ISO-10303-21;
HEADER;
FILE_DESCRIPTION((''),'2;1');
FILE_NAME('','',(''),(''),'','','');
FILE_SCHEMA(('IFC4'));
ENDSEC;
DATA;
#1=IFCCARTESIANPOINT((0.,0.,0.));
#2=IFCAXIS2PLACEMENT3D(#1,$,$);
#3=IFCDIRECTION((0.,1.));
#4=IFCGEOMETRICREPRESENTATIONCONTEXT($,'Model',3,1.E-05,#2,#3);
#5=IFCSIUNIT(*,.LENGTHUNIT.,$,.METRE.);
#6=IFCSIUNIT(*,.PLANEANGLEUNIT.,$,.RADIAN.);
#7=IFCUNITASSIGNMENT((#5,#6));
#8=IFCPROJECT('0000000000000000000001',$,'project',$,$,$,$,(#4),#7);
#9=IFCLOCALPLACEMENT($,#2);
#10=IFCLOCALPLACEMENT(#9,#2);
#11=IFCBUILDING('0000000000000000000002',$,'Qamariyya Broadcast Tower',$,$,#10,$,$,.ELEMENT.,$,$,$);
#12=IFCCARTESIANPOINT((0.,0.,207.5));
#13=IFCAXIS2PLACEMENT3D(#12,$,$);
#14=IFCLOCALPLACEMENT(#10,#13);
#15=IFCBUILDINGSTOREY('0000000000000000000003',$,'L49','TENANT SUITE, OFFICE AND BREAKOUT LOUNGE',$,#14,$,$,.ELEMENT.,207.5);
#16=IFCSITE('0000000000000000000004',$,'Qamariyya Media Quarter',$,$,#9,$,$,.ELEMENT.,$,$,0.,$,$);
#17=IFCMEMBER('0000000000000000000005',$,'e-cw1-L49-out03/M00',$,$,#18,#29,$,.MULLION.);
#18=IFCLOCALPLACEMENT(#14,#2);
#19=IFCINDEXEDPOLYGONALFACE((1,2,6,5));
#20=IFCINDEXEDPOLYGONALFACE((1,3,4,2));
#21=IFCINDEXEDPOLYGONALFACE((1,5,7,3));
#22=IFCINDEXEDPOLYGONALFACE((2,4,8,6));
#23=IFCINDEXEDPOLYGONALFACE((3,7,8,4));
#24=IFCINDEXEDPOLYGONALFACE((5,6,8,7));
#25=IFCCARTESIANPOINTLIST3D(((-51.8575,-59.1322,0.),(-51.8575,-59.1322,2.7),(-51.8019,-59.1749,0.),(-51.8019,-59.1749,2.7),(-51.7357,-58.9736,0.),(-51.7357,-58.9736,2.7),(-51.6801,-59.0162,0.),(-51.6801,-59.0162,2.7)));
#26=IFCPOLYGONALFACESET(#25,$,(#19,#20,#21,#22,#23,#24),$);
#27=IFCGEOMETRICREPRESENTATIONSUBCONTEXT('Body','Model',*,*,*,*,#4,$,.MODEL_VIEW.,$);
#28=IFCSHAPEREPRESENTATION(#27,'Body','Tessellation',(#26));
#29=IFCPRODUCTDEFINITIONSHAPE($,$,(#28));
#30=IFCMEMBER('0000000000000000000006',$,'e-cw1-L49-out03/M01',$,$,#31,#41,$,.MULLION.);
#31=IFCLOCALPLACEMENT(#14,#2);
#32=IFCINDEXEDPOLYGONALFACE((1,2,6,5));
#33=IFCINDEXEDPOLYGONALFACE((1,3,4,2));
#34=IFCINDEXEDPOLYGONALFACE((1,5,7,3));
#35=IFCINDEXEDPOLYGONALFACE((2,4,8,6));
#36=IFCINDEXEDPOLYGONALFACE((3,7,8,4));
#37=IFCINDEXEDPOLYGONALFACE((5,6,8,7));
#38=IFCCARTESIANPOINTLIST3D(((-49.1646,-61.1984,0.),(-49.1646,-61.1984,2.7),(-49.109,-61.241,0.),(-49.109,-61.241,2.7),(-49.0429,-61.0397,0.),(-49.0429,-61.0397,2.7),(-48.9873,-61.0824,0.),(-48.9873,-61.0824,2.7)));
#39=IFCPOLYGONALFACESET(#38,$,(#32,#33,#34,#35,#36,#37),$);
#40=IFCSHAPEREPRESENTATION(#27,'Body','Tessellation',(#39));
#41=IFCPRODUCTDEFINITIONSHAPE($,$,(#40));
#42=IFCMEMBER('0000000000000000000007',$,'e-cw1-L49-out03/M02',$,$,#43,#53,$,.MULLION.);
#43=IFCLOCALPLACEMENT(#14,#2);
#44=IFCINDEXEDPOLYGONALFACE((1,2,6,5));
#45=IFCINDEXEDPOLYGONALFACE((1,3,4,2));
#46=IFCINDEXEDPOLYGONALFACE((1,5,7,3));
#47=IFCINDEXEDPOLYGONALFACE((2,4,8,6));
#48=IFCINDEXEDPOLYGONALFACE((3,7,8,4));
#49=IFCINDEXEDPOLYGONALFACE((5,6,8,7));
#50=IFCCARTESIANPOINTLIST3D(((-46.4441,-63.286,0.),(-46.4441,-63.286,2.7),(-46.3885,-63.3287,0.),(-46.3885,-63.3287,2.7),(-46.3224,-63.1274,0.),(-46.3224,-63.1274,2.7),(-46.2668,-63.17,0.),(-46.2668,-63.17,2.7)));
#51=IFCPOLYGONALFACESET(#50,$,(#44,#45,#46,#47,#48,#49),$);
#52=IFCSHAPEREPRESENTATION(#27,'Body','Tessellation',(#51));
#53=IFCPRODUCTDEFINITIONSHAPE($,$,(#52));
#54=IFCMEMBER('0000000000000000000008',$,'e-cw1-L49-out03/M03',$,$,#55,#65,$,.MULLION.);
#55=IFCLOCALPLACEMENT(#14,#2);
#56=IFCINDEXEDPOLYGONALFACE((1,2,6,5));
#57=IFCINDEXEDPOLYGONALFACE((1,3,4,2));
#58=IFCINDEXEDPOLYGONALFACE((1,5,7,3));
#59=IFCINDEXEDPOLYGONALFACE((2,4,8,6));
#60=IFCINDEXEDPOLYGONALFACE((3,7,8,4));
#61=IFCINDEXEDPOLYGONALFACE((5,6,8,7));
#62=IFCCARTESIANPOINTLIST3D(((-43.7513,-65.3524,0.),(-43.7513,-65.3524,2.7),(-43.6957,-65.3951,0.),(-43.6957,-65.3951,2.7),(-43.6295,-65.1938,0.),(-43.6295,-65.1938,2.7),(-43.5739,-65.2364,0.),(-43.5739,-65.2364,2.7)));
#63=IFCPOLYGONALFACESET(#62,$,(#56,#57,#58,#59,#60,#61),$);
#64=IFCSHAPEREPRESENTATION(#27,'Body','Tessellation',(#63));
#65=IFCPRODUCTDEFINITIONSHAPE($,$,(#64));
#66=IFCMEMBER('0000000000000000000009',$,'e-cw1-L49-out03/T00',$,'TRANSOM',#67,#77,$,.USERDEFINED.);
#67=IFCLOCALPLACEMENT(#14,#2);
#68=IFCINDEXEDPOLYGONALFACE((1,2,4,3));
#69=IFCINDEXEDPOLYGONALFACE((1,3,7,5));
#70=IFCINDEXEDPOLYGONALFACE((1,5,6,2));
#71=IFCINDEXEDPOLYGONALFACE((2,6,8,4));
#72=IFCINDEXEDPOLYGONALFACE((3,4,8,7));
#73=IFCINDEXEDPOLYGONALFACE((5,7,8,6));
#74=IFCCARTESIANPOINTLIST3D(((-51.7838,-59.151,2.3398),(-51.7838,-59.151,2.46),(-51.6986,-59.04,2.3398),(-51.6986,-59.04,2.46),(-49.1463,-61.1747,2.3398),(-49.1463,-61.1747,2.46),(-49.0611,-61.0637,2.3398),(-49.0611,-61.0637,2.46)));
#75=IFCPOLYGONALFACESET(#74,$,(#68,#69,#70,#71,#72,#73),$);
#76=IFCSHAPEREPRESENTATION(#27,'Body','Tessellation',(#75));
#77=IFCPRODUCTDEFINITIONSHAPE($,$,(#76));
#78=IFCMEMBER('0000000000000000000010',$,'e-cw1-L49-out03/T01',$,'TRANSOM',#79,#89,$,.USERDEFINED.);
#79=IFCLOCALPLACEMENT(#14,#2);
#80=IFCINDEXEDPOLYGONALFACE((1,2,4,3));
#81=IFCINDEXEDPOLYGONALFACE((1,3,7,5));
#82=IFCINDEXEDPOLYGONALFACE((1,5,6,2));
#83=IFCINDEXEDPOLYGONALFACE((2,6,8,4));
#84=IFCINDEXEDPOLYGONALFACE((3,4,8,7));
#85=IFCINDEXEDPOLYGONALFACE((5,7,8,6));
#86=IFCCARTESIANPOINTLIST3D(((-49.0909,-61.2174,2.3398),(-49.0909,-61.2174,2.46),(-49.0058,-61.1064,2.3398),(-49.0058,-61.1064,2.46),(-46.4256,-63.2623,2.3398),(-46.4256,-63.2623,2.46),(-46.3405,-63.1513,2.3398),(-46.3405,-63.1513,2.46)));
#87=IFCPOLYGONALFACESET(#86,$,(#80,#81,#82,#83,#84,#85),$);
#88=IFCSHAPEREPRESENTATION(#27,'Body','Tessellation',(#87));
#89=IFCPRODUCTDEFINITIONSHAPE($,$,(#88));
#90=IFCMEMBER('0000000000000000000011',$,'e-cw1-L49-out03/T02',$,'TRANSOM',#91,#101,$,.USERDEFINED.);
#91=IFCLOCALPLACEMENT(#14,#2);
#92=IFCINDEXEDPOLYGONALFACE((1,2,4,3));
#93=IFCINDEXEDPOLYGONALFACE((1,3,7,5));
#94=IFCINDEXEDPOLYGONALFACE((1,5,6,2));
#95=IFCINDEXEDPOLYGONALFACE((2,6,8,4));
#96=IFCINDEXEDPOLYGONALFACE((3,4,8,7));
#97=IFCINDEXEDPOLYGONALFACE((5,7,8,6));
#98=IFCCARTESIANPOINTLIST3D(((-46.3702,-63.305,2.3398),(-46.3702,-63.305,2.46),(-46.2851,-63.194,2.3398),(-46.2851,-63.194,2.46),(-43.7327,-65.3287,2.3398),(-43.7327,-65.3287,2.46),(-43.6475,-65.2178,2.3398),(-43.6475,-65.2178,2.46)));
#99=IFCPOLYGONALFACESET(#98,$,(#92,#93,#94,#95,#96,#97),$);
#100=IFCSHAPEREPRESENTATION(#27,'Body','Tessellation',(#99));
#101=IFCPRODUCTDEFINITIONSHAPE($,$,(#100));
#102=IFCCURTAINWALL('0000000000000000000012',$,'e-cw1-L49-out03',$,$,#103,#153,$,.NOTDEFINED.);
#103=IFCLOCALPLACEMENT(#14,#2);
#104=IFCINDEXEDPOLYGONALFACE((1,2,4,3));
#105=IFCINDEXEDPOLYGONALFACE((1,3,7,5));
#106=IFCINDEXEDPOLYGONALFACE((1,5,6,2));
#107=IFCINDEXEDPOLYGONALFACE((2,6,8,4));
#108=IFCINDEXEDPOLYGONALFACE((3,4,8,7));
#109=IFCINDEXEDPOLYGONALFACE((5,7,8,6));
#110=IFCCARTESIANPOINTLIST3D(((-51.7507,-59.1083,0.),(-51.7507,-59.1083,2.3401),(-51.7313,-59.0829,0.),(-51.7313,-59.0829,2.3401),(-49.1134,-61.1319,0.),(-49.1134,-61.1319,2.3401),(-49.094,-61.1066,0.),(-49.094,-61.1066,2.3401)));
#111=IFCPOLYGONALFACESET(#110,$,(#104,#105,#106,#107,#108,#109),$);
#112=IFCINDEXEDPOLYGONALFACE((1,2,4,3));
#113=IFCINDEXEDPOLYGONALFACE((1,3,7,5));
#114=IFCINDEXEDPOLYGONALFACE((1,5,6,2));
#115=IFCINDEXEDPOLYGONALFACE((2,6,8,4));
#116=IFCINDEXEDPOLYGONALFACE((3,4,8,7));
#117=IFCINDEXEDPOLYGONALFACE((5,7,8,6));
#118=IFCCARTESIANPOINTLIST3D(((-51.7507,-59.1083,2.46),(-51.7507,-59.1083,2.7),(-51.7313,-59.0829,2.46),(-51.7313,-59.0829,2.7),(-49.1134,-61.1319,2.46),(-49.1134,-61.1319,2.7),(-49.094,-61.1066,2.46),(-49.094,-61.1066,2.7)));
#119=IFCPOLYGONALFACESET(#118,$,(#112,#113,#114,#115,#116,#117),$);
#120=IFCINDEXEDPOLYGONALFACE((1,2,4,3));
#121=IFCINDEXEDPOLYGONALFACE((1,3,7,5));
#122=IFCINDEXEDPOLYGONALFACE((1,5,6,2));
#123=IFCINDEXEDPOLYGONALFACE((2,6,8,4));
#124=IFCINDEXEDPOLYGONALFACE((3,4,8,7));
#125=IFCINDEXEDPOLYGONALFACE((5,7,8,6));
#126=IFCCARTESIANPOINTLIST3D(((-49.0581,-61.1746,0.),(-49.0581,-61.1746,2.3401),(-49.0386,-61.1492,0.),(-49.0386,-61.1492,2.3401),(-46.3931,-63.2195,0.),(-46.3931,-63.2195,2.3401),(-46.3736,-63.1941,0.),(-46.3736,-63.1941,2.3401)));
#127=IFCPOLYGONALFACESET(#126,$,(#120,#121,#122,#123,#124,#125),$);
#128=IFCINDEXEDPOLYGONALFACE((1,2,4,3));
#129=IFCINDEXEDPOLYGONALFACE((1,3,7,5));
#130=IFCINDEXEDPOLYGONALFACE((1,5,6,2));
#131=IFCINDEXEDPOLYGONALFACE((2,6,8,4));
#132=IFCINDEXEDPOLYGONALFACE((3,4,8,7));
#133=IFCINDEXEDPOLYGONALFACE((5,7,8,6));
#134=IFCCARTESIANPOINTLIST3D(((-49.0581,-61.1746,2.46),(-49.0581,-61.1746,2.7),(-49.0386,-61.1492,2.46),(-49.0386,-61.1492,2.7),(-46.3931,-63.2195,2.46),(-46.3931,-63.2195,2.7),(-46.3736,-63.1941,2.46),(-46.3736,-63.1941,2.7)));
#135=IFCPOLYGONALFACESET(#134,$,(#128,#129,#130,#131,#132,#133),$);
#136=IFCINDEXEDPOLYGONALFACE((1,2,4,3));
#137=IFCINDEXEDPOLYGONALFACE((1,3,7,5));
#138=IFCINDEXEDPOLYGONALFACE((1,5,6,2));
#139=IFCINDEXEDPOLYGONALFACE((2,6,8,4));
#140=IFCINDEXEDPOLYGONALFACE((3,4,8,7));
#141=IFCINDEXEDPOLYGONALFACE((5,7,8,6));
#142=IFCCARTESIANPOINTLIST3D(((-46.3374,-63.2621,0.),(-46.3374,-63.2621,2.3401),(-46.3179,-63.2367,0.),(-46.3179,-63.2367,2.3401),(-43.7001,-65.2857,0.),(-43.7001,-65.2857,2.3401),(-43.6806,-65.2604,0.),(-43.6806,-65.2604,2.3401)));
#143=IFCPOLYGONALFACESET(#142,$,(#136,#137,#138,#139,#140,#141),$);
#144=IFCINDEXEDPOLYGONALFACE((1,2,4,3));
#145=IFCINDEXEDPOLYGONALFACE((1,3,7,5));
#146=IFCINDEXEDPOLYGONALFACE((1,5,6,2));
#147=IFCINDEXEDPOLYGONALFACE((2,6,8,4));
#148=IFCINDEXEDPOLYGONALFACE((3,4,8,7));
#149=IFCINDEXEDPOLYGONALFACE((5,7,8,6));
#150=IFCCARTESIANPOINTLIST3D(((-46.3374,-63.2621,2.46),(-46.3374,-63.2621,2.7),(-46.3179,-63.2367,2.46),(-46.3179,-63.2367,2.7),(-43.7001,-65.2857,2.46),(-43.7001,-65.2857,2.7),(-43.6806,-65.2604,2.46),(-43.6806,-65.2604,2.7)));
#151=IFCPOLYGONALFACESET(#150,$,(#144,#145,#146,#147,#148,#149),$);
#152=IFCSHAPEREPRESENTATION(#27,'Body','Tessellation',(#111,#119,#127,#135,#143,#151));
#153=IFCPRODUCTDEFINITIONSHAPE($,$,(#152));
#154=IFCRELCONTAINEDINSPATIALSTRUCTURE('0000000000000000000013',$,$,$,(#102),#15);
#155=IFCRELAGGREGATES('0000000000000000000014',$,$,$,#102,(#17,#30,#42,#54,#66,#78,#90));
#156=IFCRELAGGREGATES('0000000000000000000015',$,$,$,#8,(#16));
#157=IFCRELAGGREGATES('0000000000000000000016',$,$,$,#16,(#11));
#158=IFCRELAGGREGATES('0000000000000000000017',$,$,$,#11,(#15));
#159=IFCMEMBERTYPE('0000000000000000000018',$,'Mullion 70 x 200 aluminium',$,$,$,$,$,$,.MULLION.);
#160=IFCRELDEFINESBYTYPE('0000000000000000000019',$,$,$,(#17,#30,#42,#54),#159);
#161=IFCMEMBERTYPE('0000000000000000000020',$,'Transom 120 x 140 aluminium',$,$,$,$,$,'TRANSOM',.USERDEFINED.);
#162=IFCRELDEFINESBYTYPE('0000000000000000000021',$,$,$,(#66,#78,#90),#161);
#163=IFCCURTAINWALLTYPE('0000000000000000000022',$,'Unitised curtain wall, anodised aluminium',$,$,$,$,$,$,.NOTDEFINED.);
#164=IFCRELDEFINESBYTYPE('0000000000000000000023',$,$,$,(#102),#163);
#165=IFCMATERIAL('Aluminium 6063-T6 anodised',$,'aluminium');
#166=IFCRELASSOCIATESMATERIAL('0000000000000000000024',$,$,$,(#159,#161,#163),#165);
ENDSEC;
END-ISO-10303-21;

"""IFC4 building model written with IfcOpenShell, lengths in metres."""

from ifc_helpers import new_model, si_unit, direction, frame, origin, origin_2d, place, context, subcontext, project, spatial, rectangle, extrude, material, material_profile, profile_set, type_object, element, aggregate, save


model = new_model("IFC4")

# Units and contexts
model_context = context("Model", 3, precision=1e-05, world=origin(), true_north=direction((0.0, 1.0)))
body_context = subcontext(model_context, "Body", "Model", "MODEL_VIEW")
ifc_project = project(units=[si_unit("LENGTHUNIT", "METRE"), si_unit("PLANEANGLEUNIT", "RADIAN")], contexts=[model_context])

# Members
ifc_material = material(Name="Aluminium 6063-T6 anodised", Category="aluminium")
ifc_material_profile_1 = material_profile(ifc_material, rectangle(XDim=0.2, YDim=0.0701, at=origin_2d()))
ifc_profile_set_1 = profile_set([ifc_material_profile_1], Name="Aluminium 6063-T6 anodised")
member_type_1 = type_object("IfcMemberType", Name="Mullion 70 x 200 aluminium", PredefinedType="MULLION", material=ifc_profile_set_1)
site_placement = place(None, origin())
building_placement = place(site_placement, origin())
storey_placement = place(building_placement, frame((0.0, 0.0, 207.5)))
member_1_placement = place(storey_placement, frame((-51.7688, -59.0742, 0.0), z_axis=(0.0, 0.0, 1.0), x_axis=(0.608761, 0.793353, 0.0)))
member_1 = element("IfcMember", 1, at=member_1_placement, type_object=member_type_1, Name="e-cw1-L49-out03/M00", PredefinedType="MULLION", context=body_context, shape_type="SweptSolid", body=[
    extrude(rectangle(XDim=0.2, YDim=0.0701, at=origin_2d()), origin(), (0.0, 0.0, 1.0), 2.7),
])
member_2_placement = place(storey_placement, frame((-49.0759, -61.1404, 0.0), z_axis=(0.0, 0.0, 1.0), x_axis=(0.608761, 0.793353, 0.0)))
member_2 = element("IfcMember", 2, at=member_2_placement, type_object=member_type_1, Name="e-cw1-L49-out03/M01", PredefinedType="MULLION", context=body_context, shape_type="SweptSolid", body=[
    extrude(rectangle(XDim=0.2, YDim=0.0701, at=origin_2d()), origin(), (0.0, 0.0, 1.0), 2.7),
])
member_3_placement = place(storey_placement, frame((-46.3555, -63.228, 0.0), z_axis=(0.0, 0.0, 1.0), x_axis=(0.608761, 0.793353, 0.0)))
member_3 = element("IfcMember", 3, at=member_3_placement, type_object=member_type_1, Name="e-cw1-L49-out03/M02", PredefinedType="MULLION", context=body_context, shape_type="SweptSolid", body=[
    extrude(rectangle(XDim=0.2, YDim=0.0701, at=origin_2d()), origin(), (0.0, 0.0, 1.0), 2.7),
])
member_4_placement = place(storey_placement, frame((-43.6626, -65.2944, 0.0), z_axis=(0.0, 0.0, 1.0), x_axis=(0.608761, 0.793353, 0.0)))
member_4 = element("IfcMember", 4, at=member_4_placement, type_object=member_type_1, Name="e-cw1-L49-out03/M03", PredefinedType="MULLION", context=body_context, shape_type="SweptSolid", body=[
    extrude(rectangle(XDim=0.2, YDim=0.0701, at=origin_2d()), origin(), (0.0, 0.0, 1.0), 2.7),
])
ifc_material_profile_2 = material_profile(ifc_material, rectangle(XDim=0.1399, YDim=0.1201, at=origin_2d()))
ifc_profile_set_2 = profile_set([ifc_material_profile_2], Name="Aluminium 6063-T6 anodised")
member_type_2 = type_object("IfcMemberType", Name="Transom 120 x 140 aluminium", ElementType="TRANSOM", PredefinedType="USERDEFINED", material=ifc_profile_set_2)
member_5_placement = place(storey_placement, frame((-51.7412, -59.0955, 2.3999), z_axis=(0.793369, -0.608741, 0.0), x_axis=(0.608741, 0.793369, 0.0)))
member_5 = element("IfcMember", 5, at=member_5_placement, type_object=member_type_2, Name="e-cw1-L49-out03/T00", ObjectType="TRANSOM", PredefinedType="USERDEFINED", context=body_context, shape_type="SweptSolid", body=[
    extrude(rectangle(XDim=0.1399, YDim=0.1201, at=origin_2d()), origin(), (0.0, 0.0, 1.0), 3.3245),
])
member_6_placement = place(storey_placement, frame((-49.0483, -61.1619, 2.3999), z_axis=(0.793385, -0.60872, 0.0), x_axis=(0.60872, 0.793385, 0.0)))
member_6 = element("IfcMember", 6, at=member_6_placement, type_object=member_type_2, Name="e-cw1-L49-out03/T01", ObjectType="TRANSOM", PredefinedType="USERDEFINED", context=body_context, shape_type="SweptSolid", body=[
    extrude(rectangle(XDim=0.1399, YDim=0.1201, at=origin_2d()), origin(), (0.0, 0.0, 1.0), 3.3594),
])
member_7_placement = place(storey_placement, frame((-46.3276, -63.2495, 2.3999), z_axis=(0.793369, -0.608741, 0.0), x_axis=(0.608741, 0.793369, 0.0)))
member_7 = element("IfcMember", 7, at=member_7_placement, type_object=member_type_2, Name="e-cw1-L49-out03/T02", ObjectType="TRANSOM", PredefinedType="USERDEFINED", context=body_context, shape_type="SweptSolid", body=[
    extrude(rectangle(XDim=0.1399, YDim=0.1201, at=origin_2d()), origin(), (0.0, 0.0, 1.0), 3.3245),
])

# Site, building, storey
site = spatial("IfcSite", under=ifc_project, at=site_placement, Name="Qamariyya Media Quarter", CompositionType="ELEMENT", RefElevation=0.0)
building = spatial("IfcBuilding", under=site, at=building_placement, Name="Qamariyya Broadcast Tower", CompositionType="ELEMENT")
storey = spatial("IfcBuildingStorey", under=building, at=storey_placement, Name="L49", Description="TENANT SUITE, OFFICE AND BREAKOUT LOUNGE", CompositionType="ELEMENT", Elevation=207.5)

# Curtain wall
curtain_wall_type = type_object("IfcCurtainWallType", Name="Unitised curtain wall, anodised aluminium", PredefinedType="NOTDEFINED", material=ifc_material)
curtain_wall_1_placement = place(storey_placement, origin())
curtain_wall_1 = element("IfcCurtainWall", 8, at=curtain_wall_1_placement, inside=storey, type_object=curtain_wall_type, Name="e-cw1-L49-out03", PredefinedType="NOTDEFINED", context=body_context, shape_type="SweptSolid", body=[
    extrude(rectangle(XDim=3.3242, YDim=0.032, at=origin_2d()), frame((-50.4224, -60.1074, 0.0), x_axis=(0.793359, -0.608754, 0.0)), (0.0, 0.0, 1.0), 2.3401),
    extrude(rectangle(XDim=3.3242, YDim=0.032, at=origin_2d()), frame((-50.4224, -60.1074, 2.46), x_axis=(0.793359, -0.608754, 0.0)), (0.0, 0.0, 1.0), 0.24),
    extrude(rectangle(XDim=3.3591, YDim=0.032, at=origin_2d()), frame((-47.7158, -62.1843, 0.0), x_axis=(0.793359, -0.608754, 0.0)), (0.0, 0.0, 1.0), 2.3401),
    extrude(rectangle(XDim=3.3591, YDim=0.032, at=origin_2d()), frame((-47.7158, -62.1843, 2.46), x_axis=(0.793359, -0.608754, 0.0)), (0.0, 0.0, 1.0), 0.24),
    extrude(rectangle(XDim=3.3242, YDim=0.032, at=origin_2d()), frame((-45.009, -64.2612, 0.0), x_axis=(0.793359, -0.608754, 0.0)), (0.0, 0.0, 1.0), 2.3401),
    extrude(rectangle(XDim=3.3242, YDim=0.032, at=origin_2d()), frame((-45.009, -64.2612, 2.46), x_axis=(0.793359, -0.608754, 0.0)), (0.0, 0.0, 1.0), 0.24),
])
aggregate(curtain_wall_1, [member_1, member_2, member_3, member_4, member_5, member_6, member_7])

save(model, "model.ifc")
